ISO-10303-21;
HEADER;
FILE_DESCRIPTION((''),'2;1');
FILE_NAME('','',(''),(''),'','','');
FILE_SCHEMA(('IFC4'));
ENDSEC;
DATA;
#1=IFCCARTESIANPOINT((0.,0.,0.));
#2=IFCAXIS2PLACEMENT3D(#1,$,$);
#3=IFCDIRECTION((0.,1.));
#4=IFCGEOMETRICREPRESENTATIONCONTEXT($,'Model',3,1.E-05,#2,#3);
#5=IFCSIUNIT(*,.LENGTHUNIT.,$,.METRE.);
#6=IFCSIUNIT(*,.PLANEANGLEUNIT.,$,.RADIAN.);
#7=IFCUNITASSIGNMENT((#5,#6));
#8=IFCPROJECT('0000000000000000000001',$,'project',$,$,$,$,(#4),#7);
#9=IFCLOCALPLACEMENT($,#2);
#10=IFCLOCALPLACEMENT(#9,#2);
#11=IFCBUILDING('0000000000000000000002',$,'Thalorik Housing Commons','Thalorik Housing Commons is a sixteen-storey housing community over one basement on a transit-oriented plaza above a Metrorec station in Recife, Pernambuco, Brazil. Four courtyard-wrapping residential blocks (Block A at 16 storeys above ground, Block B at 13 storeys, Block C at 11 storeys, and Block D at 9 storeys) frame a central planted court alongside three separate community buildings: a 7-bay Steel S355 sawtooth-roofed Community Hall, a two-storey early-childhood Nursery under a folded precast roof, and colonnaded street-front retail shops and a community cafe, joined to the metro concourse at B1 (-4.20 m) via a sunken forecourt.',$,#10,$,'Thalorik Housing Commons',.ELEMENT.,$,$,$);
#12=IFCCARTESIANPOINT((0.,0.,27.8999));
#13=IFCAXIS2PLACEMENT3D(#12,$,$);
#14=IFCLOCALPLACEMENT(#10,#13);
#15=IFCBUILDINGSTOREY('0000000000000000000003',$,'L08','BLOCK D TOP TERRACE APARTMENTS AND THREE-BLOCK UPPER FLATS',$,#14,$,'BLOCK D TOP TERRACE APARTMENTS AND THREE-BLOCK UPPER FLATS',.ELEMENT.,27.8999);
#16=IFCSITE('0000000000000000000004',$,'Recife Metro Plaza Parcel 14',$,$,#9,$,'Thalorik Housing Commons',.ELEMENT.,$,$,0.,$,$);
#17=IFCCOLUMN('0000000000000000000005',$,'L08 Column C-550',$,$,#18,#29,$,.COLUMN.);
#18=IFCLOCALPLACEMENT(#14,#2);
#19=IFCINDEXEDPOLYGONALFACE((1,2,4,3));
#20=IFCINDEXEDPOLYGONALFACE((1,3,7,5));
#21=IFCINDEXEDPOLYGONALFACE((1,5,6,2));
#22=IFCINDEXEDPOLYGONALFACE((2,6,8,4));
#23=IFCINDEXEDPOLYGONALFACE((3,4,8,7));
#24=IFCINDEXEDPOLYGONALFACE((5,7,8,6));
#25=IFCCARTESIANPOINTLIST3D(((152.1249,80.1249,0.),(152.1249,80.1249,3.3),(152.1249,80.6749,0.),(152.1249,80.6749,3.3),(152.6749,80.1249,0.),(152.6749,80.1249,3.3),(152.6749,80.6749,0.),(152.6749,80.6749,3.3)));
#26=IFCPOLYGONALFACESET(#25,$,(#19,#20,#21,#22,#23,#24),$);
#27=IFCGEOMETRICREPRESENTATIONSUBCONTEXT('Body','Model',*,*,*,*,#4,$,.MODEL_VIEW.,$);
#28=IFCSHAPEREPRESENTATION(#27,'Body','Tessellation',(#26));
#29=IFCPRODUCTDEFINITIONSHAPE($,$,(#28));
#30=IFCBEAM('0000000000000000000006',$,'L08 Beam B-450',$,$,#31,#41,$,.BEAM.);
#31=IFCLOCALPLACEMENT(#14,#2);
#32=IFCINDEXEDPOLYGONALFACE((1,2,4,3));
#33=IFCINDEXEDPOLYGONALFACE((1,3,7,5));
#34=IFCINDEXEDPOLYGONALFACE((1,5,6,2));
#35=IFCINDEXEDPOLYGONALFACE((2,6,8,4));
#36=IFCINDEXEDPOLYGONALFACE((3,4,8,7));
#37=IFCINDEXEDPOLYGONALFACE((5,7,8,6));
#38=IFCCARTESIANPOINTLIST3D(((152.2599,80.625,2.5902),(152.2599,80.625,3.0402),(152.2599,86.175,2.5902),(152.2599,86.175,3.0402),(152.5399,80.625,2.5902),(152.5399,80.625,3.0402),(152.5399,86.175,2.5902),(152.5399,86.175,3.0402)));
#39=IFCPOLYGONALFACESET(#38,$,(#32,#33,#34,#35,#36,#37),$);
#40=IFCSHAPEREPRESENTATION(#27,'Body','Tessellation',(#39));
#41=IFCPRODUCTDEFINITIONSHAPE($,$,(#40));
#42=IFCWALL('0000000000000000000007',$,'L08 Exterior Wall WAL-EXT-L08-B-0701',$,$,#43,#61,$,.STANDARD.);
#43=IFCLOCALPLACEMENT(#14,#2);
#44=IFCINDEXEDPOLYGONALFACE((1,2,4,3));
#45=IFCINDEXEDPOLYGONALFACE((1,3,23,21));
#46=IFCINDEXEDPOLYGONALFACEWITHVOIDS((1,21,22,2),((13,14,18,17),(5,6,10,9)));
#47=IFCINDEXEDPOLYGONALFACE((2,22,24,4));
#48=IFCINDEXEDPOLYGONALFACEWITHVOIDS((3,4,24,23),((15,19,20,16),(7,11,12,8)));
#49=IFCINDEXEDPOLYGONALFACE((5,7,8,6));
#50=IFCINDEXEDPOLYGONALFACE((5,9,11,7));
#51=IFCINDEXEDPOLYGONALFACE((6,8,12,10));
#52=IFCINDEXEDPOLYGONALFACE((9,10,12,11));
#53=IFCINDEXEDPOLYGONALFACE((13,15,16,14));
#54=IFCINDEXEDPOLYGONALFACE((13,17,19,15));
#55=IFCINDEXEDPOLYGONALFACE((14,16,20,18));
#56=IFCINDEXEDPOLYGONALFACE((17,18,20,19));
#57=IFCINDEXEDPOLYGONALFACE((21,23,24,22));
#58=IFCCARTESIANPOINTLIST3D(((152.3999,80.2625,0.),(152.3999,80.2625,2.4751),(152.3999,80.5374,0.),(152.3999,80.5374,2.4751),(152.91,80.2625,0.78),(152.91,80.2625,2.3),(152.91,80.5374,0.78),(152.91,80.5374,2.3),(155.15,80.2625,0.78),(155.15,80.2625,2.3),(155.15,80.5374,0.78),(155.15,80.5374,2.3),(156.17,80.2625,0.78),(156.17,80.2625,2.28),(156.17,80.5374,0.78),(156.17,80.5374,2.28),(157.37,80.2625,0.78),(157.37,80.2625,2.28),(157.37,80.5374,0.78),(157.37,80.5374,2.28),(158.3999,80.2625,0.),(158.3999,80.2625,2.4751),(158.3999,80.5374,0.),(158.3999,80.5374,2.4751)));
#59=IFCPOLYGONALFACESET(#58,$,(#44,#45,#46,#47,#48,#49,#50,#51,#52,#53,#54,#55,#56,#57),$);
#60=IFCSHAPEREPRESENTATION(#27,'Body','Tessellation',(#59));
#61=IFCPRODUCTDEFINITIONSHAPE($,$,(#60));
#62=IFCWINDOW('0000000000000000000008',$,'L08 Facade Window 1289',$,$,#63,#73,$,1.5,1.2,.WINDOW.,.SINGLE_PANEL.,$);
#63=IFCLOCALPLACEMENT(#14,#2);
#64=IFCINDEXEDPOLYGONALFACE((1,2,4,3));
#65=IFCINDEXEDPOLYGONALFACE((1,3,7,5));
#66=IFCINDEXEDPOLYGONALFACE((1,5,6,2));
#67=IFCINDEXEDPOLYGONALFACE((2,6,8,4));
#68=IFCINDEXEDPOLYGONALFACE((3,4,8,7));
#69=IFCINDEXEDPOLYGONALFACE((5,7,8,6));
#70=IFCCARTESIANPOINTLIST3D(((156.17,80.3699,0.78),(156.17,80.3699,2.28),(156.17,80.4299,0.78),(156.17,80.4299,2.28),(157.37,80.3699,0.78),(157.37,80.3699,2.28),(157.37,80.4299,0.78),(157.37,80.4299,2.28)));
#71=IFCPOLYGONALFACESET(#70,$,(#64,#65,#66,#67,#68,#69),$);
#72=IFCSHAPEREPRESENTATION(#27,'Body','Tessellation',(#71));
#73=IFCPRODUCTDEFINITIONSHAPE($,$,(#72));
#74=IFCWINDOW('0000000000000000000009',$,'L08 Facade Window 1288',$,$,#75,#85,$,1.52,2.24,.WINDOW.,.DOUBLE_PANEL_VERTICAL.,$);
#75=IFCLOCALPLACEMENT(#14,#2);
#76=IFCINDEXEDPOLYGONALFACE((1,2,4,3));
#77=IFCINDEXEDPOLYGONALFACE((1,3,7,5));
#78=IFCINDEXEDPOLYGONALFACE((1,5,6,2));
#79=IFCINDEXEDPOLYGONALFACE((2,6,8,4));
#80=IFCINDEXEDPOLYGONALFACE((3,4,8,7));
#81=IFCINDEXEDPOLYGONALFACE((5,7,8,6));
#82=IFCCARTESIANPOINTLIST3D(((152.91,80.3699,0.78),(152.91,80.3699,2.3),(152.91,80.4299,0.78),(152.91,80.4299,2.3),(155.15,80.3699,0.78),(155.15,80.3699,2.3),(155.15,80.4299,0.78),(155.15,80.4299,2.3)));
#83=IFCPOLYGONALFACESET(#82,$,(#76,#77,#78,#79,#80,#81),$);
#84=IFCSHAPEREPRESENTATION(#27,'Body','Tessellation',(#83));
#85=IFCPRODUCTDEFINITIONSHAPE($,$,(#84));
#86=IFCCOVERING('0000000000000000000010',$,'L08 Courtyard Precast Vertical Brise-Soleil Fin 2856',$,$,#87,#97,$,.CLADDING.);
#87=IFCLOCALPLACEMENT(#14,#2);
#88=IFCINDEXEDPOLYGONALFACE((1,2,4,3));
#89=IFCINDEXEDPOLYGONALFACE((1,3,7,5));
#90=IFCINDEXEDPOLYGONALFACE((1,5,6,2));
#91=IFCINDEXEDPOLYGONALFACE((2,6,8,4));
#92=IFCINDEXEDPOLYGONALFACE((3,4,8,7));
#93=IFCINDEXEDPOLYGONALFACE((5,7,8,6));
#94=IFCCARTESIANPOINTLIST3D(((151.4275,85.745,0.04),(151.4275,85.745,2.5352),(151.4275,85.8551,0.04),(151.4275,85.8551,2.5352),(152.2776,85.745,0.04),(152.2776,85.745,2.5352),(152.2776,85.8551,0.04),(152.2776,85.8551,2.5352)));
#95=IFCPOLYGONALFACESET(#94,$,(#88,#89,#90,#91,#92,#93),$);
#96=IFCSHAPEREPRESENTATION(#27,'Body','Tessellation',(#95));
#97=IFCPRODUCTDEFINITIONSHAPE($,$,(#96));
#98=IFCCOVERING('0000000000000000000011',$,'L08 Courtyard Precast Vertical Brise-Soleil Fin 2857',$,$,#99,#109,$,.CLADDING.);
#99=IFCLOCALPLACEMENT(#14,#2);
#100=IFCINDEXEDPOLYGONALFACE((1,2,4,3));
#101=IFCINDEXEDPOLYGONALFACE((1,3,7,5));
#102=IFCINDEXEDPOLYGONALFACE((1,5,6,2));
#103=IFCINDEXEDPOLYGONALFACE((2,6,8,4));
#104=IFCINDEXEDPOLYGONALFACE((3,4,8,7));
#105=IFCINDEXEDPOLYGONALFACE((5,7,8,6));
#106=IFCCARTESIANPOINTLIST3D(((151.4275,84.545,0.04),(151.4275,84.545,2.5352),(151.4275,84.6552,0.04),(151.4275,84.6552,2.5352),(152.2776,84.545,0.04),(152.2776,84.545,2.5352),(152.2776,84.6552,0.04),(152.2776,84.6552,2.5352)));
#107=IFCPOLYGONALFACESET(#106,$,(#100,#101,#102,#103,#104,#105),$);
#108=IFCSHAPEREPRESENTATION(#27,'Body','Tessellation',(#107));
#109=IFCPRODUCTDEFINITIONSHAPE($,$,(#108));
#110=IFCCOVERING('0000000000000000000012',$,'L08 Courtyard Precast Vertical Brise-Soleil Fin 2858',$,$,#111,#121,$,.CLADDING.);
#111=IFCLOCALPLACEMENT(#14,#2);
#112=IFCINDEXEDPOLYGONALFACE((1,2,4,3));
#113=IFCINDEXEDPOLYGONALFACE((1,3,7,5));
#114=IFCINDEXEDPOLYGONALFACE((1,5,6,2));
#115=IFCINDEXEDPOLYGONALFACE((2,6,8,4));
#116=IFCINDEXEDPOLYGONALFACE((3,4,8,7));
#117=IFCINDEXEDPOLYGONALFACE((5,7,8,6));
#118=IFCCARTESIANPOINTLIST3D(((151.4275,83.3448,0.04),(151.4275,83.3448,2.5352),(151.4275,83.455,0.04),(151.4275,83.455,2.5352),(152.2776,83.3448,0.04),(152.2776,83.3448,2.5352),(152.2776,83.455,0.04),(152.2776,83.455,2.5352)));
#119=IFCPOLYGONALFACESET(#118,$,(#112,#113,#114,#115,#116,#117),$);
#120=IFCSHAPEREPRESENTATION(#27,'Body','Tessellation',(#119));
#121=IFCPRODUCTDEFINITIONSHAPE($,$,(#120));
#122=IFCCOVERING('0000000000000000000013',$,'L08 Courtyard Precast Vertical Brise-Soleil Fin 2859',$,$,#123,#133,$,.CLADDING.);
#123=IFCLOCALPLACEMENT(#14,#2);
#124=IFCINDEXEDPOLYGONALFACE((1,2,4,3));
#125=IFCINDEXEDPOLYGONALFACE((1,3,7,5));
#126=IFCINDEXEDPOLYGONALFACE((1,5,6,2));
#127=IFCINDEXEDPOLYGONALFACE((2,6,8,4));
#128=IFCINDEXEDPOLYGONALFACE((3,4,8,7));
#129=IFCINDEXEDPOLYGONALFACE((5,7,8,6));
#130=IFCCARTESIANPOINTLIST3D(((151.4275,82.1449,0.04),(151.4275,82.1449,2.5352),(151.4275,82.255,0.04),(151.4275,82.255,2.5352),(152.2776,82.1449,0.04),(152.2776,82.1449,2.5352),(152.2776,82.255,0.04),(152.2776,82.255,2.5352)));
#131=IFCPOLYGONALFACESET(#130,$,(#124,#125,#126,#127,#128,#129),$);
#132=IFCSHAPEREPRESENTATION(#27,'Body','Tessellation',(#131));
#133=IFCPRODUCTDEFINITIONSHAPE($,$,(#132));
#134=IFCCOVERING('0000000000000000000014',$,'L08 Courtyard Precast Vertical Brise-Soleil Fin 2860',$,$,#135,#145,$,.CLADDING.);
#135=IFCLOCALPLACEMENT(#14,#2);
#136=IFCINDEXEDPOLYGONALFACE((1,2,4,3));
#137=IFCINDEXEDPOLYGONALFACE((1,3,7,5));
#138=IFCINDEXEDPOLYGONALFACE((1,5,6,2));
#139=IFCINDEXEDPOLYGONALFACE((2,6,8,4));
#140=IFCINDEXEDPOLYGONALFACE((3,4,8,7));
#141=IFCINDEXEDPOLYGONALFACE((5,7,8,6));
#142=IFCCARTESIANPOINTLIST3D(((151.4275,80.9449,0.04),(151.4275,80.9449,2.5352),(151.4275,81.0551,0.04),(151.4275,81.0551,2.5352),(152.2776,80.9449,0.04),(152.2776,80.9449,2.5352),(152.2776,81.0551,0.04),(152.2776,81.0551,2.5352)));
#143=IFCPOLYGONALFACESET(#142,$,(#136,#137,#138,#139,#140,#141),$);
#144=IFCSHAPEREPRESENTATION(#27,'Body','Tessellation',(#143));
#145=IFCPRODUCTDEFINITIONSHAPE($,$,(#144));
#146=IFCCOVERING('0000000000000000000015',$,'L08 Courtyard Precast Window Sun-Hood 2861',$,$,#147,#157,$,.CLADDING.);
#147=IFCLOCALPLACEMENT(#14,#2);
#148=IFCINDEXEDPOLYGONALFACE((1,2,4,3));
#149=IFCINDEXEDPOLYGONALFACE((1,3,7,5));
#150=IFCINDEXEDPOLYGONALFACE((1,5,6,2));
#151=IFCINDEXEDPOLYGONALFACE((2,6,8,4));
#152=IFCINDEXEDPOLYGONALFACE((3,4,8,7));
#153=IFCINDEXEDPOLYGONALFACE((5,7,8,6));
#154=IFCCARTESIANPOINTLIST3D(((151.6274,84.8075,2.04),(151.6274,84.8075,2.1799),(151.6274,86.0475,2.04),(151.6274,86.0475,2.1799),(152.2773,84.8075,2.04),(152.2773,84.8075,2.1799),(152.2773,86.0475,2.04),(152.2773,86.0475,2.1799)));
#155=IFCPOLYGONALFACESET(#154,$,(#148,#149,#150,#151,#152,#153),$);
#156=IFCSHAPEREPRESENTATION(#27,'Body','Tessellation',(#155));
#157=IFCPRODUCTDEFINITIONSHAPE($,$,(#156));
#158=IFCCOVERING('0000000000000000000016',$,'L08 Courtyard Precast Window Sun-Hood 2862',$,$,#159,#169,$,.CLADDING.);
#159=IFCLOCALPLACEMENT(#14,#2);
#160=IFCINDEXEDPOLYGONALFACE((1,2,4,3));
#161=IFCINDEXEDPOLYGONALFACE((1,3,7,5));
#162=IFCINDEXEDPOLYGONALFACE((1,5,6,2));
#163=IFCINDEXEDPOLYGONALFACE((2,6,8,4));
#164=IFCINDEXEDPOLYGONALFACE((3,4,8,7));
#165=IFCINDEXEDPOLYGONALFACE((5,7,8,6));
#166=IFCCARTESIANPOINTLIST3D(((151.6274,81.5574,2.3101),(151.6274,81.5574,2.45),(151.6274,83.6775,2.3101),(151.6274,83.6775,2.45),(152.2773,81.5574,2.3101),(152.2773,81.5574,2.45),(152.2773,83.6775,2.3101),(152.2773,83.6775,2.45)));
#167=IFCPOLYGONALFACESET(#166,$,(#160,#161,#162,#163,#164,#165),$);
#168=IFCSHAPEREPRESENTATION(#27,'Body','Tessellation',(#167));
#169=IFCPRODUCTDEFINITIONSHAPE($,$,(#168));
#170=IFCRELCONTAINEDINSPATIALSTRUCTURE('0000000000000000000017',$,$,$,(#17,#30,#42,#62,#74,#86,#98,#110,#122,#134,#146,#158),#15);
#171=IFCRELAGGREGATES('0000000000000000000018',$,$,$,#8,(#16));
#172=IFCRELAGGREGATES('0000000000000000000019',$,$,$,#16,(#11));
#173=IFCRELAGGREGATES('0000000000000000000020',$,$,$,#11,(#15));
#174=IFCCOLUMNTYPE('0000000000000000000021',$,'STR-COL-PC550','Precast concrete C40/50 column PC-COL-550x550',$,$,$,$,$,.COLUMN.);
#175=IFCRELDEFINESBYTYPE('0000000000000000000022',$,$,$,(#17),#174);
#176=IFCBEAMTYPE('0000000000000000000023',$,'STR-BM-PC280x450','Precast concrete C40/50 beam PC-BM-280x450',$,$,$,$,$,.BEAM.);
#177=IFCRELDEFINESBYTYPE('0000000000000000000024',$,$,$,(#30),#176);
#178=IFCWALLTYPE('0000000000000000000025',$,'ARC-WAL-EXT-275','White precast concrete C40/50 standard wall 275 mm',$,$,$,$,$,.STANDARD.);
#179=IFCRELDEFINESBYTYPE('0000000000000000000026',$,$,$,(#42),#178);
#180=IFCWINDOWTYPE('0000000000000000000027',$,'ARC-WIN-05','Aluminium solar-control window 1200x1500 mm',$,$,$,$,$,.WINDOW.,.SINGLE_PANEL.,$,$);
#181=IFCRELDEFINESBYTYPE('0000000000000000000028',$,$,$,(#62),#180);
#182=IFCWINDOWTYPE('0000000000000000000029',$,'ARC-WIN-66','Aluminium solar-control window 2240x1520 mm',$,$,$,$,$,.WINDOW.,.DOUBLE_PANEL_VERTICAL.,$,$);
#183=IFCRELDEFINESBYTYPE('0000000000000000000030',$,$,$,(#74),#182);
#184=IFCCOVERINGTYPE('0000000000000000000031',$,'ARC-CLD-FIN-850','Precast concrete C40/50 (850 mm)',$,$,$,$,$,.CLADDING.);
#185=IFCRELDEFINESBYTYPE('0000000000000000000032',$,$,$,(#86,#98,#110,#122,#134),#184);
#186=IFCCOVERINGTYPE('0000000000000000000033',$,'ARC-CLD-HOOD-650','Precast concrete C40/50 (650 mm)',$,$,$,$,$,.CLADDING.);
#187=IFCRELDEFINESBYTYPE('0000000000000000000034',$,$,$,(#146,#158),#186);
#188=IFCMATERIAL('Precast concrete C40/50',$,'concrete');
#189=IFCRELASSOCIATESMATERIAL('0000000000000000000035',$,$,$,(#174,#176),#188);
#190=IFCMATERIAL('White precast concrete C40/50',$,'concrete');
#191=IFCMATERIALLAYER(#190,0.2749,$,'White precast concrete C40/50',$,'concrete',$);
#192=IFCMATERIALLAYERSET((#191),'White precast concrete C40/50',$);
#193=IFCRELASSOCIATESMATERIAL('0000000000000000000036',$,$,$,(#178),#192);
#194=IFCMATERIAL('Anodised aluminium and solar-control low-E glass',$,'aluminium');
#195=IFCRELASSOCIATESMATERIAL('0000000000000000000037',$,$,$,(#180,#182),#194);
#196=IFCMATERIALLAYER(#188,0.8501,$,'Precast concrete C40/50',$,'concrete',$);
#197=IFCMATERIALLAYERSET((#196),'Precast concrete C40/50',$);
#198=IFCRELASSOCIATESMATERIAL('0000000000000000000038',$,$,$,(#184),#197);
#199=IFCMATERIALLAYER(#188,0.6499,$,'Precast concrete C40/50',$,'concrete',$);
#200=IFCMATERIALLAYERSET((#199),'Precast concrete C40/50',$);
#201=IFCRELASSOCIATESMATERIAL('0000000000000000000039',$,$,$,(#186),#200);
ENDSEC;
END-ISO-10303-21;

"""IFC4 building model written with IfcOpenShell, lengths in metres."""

from ifc_helpers import new_model, si_unit, direction, frame, frame_2d, origin, origin_2d, place, context, subcontext, project, spatial, rectangle, extrude, material, layer, layer_set, material_profile, profile_set, type_object, element, fill, save


model = new_model("IFC4")

# Units and contexts
model_context = context("Model", 3, precision=1e-05, world=origin(), true_north=direction((0.0, 1.0)))
body_context = subcontext(model_context, "Body", "Model", "MODEL_VIEW")
ifc_project = project(units=[si_unit("LENGTHUNIT", "METRE"), si_unit("PLANEANGLEUNIT", "RADIAN")], contexts=[model_context])

# Site, building, storey
site_placement = place(None, origin())
site = spatial("IfcSite", under=ifc_project, at=site_placement, Name="Recife Metro Plaza Parcel 14", LongName="Thalorik Housing Commons", CompositionType="ELEMENT", RefElevation=0.0)
building_placement = place(site_placement, origin())
building = spatial("IfcBuilding", under=site, at=building_placement, Name="Thalorik Housing Commons", Description="Thalorik Housing Commons is a sixteen-storey housing community over one basement on a transit-oriented plaza above a Metrorec station in Recife, Pernambuco, Brazil. Four courtyard-wrapping residential blocks (Block A at 16 storeys above ground, Block B at 13 storeys, Block C at 11 storeys, and Block D at 9 storeys) frame a central planted court alongside three separate community buildings: a 7-bay Steel S355 sawtooth-roofed Community Hall, a two-storey early-childhood Nursery under a folded precast roof, and colonnaded street-front retail shops and a community cafe, joined to the metro concourse at B1 (-4.20 m) via a sunken forecourt.", LongName="Thalorik Housing Commons", CompositionType="ELEMENT")
storey_placement = place(building_placement, frame((0.0, 0.0, 27.8999)))
storey = spatial("IfcBuildingStorey", under=building, at=storey_placement, Name="L08", Description="BLOCK D TOP TERRACE APARTMENTS AND THREE-BLOCK UPPER FLATS", LongName="BLOCK D TOP TERRACE APARTMENTS AND THREE-BLOCK UPPER FLATS", CompositionType="ELEMENT", Elevation=27.8999)

# Column
ifc_material_1 = material(Name="Precast concrete C40/50", Category="concrete")
ifc_material_profile_1 = material_profile(ifc_material_1, rectangle(XDim=0.55, YDim=0.55, at=origin_2d()), Name="PC 550x550", Category="concrete")
ifc_profile_set_1 = profile_set([ifc_material_profile_1], Name="Precast concrete C40/50")
column_type = type_object("IfcColumnType", Name="STR-COL-PC550", Description="Precast concrete C40/50 column PC-COL-550x550", PredefinedType="COLUMN", material=ifc_profile_set_1)
column_placement = place(storey_placement, frame((152.3999, 80.3999, 0.0), z_axis=(0.0, 0.0, 1.0), x_axis=(1.0, 0.0, 0.0)))
element("IfcColumn", 1, at=column_placement, inside=storey, type_object=column_type, Name="L08 Column C-550", PredefinedType="COLUMN", context=body_context, shape_type="SweptSolid", body=[
    extrude(rectangle(XDim=0.55, YDim=0.55, at=origin_2d()), origin(), (0.0, 0.0, 1.0), 3.3),
])

# Beam
ifc_material_profile_2 = material_profile(ifc_material_1, rectangle(XDim=0.28, YDim=0.45, at=origin_2d()), Name="PC 280x450", Category="concrete")
ifc_profile_set_2 = profile_set([ifc_material_profile_2], Name="Precast concrete C40/50")
beam_type = type_object("IfcBeamType", Name="STR-BM-PC280x450", Description="Precast concrete C40/50 beam PC-BM-280x450", PredefinedType="BEAM", material=ifc_profile_set_2)
beam_placement = place(storey_placement, frame((152.3999, 80.625, 2.8152), z_axis=(0.0, 1.0, 0.0), x_axis=(-1.0, 0.0, 0.0)))
element("IfcBeam", 2, at=beam_placement, inside=storey, type_object=beam_type, Name="L08 Beam B-450", PredefinedType="BEAM", context=body_context, shape_type="SweptSolid", body=[
    extrude(rectangle(XDim=0.28, YDim=0.45, at=origin_2d()), origin(), (0.0, 0.0, 1.0), 5.55),
])

# Wall, openings, windows
ifc_material_2 = material(Name="White precast concrete C40/50", Category="concrete")
ifc_layer_1 = layer(ifc_material_2, 0.2749, Name="White precast concrete C40/50", Category="concrete")
ifc_layer_set_1 = layer_set([ifc_layer_1], Name="White precast concrete C40/50")
wall_type = type_object("IfcWallType", Name="ARC-WAL-EXT-275", Description="White precast concrete C40/50 standard wall 275 mm", PredefinedType="STANDARD", material=ifc_layer_set_1)
wall_placement = place(storey_placement, frame((152.3999, 80.3999, 0.0), z_axis=(0.0, 0.0, 1.0), x_axis=(1.0, 0.0, 0.0)))
wall = element("IfcWall", 3, at=wall_placement, inside=storey, type_object=wall_type, Name="L08 Exterior Wall WAL-EXT-L08-B-0701", PredefinedType="STANDARD", context=body_context, shape_type="SweptSolid", body=[
    extrude(rectangle(XDim=6.0, YDim=0.2749, at=frame_2d((3.0, 0.0))), origin(), (0.0, 0.0, 1.0), 2.4751),
])
opening_1_placement = place(wall_placement, frame((0.51, 0.0, 0.78)))
opening_1 = element("IfcOpeningElement", 4, at=opening_1_placement, cuts=wall, PredefinedType="OPENING", context=body_context, shape_type="SweptSolid", body=[
    extrude(rectangle(XDim=2.24, YDim=1.52, at=frame_2d((1.1201, 0.76))), frame((0.0, 0.1475, 0.0), z_axis=(0.0, -1.0, 0.0), x_axis=(1.0, 0.0, 0.0)), (0.0, 0.0, 1.0), 0.2949),
])
opening_2_placement = place(wall_placement, frame((3.77, 0.0, 0.78)))
opening_2 = element("IfcOpeningElement", 5, at=opening_2_placement, cuts=wall, PredefinedType="OPENING", context=body_context, shape_type="SweptSolid", body=[
    extrude(rectangle(XDim=1.2, YDim=1.5, at=frame_2d((0.6001, 0.75))), frame((0.0, 0.1475, 0.0), z_axis=(0.0, -1.0, 0.0), x_axis=(1.0, 0.0, 0.0)), (0.0, 0.0, 1.0), 0.2949),
])
ifc_material_3 = material(Name="Anodised aluminium and solar-control low-E glass", Category="aluminium")
window_type_1 = type_object("IfcWindowType", Name="ARC-WIN-05", Description="Aluminium solar-control window 1200x1500 mm", PartitioningType="SINGLE_PANEL", PredefinedType="WINDOW", material=ifc_material_3)
window_1_placement = place(opening_2_placement, origin())
window_1 = element("IfcWindow", 6, at=window_1_placement, inside=storey, type_object=window_type_1, Name="L08 Facade Window 1289", OverallHeight=1.5, OverallWidth=1.2, PartitioningType="SINGLE_PANEL", PredefinedType="WINDOW", context=body_context, shape_type="SweptSolid", body=[
    extrude(rectangle(XDim=1.2, YDim=1.5, at=frame_2d((0.6001, 0.75))), frame((0.0, 0.03, 0.0), z_axis=(0.0, -1.0, 0.0), x_axis=(1.0, 0.0, 0.0)), (0.0, 0.0, 1.0), 0.0601),
])
fill(opening_2, window_1)
window_type_2 = type_object("IfcWindowType", Name="ARC-WIN-66", Description="Aluminium solar-control window 2240x1520 mm", PartitioningType="DOUBLE_PANEL_VERTICAL", PredefinedType="WINDOW", material=ifc_material_3)
window_2_placement = place(opening_1_placement, origin())
window_2 = element("IfcWindow", 7, at=window_2_placement, inside=storey, type_object=window_type_2, Name="L08 Facade Window 1288", OverallHeight=1.52, OverallWidth=2.24, PartitioningType="DOUBLE_PANEL_VERTICAL", PredefinedType="WINDOW", context=body_context, shape_type="SweptSolid", body=[
    extrude(rectangle(XDim=2.24, YDim=1.52, at=frame_2d((1.1201, 0.76))), frame((0.0, 0.03, 0.0), z_axis=(0.0, -1.0, 0.0), x_axis=(1.0, 0.0, 0.0)), (0.0, 0.0, 1.0), 0.0601),
])
fill(opening_1, window_2)

# Coverings
ifc_layer_2 = layer(ifc_material_1, 0.8501, Name="Precast concrete C40/50", Category="concrete")
ifc_layer_set_2 = layer_set([ifc_layer_2], Name="Precast concrete C40/50")
covering_type_1 = type_object("IfcCoveringType", Name="ARC-CLD-FIN-850", Description="Precast concrete C40/50 (850 mm)", PredefinedType="CLADDING", material=ifc_layer_set_2)
for number, where, z_axis, x_axis, name in (
    (8, (151.8525, 85.8, 0.04), (0.0, 0.0, 1.0), (0.0, -1.0, 0.0), "L08 Courtyard Precast Vertical Brise-Soleil Fin 2856"),
    (9, (151.8525, 84.6001, 0.04), (0.0, 0.0, 1.0), (0.0, -1.0, 0.0), "L08 Courtyard Precast Vertical Brise-Soleil Fin 2857"),
    (10, (151.8525, 83.3999, 0.04), (0.0, 0.0, 1.0), (0.0, -1.0, 0.0), "L08 Courtyard Precast Vertical Brise-Soleil Fin 2858"),
    (11, (151.8525, 82.2, 0.04), (0.0, 0.0, 1.0), (0.0, -1.0, 0.0), "L08 Courtyard Precast Vertical Brise-Soleil Fin 2859"),
    (12, (151.8525, 81.0, 0.04), (0.0, 0.0, 1.0), (0.0, -1.0, 0.0), "L08 Courtyard Precast Vertical Brise-Soleil Fin 2860"),
):
    element("IfcCovering", number, at=place(storey_placement, frame(where, z_axis=z_axis, x_axis=x_axis)), inside=storey, type_object=covering_type_1, Name=name, PredefinedType="CLADDING", context=body_context, shape_type="SweptSolid", body=[
        extrude(rectangle(XDim=0.1101, YDim=0.8501, at=origin_2d()), origin(), (0.0, 0.0, 1.0), 2.4951),
    ])
ifc_layer_3 = layer(ifc_material_1, 0.6499, Name="Precast concrete C40/50", Category="concrete")
ifc_layer_set_3 = layer_set([ifc_layer_3], Name="Precast concrete C40/50")
covering_type_2 = type_object("IfcCoveringType", Name="ARC-CLD-HOOD-650", Description="Precast concrete C40/50 (650 mm)", PredefinedType="CLADDING", material=ifc_layer_set_3)
covering_1_placement = place(storey_placement, frame((151.9524, 85.4275, 2.04), z_axis=(0.0, 0.0, 1.0), x_axis=(0.0, -1.0, 0.0)))
element("IfcCovering", 13, at=covering_1_placement, inside=storey, type_object=covering_type_2, Name="L08 Courtyard Precast Window Sun-Hood 2861", PredefinedType="CLADDING", context=body_context, shape_type="SweptSolid", body=[
    extrude(rectangle(XDim=1.24, YDim=0.6499, at=origin_2d()), origin(), (0.0, 0.0, 1.0), 0.1399),
])
covering_2_placement = place(storey_placement, frame((151.9524, 82.6174, 2.3101), z_axis=(0.0, 0.0, 1.0), x_axis=(0.0, -1.0, 0.0)))
element("IfcCovering", 14, at=covering_2_placement, inside=storey, type_object=covering_type_2, Name="L08 Courtyard Precast Window Sun-Hood 2862", PredefinedType="CLADDING", context=body_context, shape_type="SweptSolid", body=[
    extrude(rectangle(XDim=2.1201, YDim=0.6499, at=origin_2d()), origin(), (0.0, 0.0, 1.0), 0.1399),
])

save(model, "model.ifc")
